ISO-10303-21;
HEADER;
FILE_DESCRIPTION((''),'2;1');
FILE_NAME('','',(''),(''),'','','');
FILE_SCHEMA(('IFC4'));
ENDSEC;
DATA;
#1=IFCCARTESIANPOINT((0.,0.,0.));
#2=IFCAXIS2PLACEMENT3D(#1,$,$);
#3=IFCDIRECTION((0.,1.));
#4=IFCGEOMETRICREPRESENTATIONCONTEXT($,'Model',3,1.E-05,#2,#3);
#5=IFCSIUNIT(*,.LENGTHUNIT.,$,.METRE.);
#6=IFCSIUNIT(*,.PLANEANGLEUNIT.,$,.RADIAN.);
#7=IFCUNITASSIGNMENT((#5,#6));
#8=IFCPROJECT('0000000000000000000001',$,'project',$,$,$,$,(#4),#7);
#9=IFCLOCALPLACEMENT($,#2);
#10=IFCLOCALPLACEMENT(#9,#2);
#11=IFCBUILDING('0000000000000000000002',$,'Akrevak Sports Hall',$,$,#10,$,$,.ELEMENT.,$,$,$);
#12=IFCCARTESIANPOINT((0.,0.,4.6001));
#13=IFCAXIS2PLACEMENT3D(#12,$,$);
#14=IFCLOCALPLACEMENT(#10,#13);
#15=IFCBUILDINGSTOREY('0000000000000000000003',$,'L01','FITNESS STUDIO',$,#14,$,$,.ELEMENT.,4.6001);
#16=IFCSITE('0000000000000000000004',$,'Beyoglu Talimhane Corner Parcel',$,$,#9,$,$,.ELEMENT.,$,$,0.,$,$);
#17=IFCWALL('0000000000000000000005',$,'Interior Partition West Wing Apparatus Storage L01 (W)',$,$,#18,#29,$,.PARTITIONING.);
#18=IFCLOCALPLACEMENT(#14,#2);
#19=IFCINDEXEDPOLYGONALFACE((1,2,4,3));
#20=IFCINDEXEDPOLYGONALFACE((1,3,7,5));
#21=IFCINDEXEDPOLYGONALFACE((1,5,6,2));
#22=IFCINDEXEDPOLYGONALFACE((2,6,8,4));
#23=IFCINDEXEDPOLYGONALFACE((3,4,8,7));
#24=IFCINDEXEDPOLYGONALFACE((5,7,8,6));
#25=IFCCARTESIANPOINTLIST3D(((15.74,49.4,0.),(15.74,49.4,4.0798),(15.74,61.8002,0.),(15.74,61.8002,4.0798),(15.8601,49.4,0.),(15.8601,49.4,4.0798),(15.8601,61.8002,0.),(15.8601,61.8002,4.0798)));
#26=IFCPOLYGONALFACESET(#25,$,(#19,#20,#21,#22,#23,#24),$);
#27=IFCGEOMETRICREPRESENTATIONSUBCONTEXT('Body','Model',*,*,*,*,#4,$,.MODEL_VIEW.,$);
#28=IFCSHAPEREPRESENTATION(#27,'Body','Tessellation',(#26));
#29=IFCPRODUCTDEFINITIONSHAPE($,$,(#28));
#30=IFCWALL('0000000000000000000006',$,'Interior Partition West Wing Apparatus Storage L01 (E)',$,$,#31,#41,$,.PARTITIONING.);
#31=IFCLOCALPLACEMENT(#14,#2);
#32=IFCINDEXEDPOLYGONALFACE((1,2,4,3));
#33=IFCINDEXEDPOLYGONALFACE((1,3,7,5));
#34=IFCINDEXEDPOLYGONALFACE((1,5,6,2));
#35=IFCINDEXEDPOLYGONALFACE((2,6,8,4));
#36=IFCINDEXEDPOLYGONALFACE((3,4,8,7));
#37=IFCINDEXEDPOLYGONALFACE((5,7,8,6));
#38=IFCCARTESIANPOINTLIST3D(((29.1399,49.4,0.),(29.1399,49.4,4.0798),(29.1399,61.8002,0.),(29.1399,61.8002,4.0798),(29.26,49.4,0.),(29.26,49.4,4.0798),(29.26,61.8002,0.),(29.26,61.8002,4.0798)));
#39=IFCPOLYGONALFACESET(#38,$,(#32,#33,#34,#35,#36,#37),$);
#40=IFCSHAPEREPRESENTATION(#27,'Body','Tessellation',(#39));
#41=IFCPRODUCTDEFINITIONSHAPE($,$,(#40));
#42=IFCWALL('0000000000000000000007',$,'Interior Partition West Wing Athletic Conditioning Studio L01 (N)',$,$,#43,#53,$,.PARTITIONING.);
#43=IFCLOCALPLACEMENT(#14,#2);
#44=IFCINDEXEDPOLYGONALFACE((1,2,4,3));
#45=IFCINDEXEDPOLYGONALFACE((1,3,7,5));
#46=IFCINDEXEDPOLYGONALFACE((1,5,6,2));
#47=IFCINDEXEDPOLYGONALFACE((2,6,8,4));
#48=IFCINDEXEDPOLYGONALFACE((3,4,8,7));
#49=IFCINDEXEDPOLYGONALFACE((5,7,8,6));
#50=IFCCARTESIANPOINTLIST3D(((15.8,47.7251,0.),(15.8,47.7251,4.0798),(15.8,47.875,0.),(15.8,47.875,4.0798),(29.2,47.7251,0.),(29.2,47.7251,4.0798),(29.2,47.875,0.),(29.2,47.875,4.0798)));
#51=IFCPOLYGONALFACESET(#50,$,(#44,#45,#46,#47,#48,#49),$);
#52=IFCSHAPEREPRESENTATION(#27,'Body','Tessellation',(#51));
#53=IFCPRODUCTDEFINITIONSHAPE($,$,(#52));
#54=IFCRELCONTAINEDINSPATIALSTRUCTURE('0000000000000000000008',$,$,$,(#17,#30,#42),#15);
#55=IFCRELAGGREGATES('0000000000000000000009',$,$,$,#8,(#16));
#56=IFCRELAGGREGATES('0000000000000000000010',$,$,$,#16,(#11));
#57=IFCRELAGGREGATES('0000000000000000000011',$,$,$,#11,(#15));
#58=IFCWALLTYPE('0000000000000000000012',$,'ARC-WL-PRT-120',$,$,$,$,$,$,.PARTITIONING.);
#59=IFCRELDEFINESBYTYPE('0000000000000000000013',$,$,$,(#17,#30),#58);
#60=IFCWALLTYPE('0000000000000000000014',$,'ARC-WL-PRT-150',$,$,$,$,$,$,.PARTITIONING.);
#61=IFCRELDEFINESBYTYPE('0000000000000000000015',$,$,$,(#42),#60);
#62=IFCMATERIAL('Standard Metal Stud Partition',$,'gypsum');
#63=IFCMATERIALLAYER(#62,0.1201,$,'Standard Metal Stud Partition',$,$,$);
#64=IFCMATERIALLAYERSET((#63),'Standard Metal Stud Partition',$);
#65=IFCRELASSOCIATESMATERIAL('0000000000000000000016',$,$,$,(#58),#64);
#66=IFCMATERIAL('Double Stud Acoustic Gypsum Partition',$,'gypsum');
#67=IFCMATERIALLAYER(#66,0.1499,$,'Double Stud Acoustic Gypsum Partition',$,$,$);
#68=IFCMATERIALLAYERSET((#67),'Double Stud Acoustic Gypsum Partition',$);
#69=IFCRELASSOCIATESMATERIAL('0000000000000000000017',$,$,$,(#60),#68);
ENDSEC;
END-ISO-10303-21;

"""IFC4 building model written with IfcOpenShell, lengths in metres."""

from ifc_helpers import new_model, si_unit, direction, frame, frame_2d, origin, place, context, subcontext, project, spatial, rectangle, extrude, material, layer, layer_set, type_object, element, save


model = new_model("IFC4")

# Units and contexts
model_context = context("Model", 3, precision=1e-05, world=origin(), true_north=direction((0.0, 1.0)))
body_context = subcontext(model_context, "Body", "Model", "MODEL_VIEW")
ifc_project = project(units=[si_unit("LENGTHUNIT", "METRE"), si_unit("PLANEANGLEUNIT", "RADIAN")], contexts=[model_context])

# Site, building, storey
site_placement = place(None, origin())
site = spatial("IfcSite", under=ifc_project, at=site_placement, Name="Beyoglu Talimhane Corner Parcel", CompositionType="ELEMENT", RefElevation=0.0)
building_placement = place(site_placement, origin())
building = spatial("IfcBuilding", under=site, at=building_placement, Name="Akrevak Sports Hall", CompositionType="ELEMENT")
storey_placement = place(building_placement, frame((0.0, 0.0, 4.6001)))
storey = spatial("IfcBuildingStorey", under=building, at=storey_placement, Name="L01", Description="FITNESS STUDIO", CompositionType="ELEMENT", Elevation=4.6001)

# Walls
ifc_material_1 = material(Name="Standard Metal Stud Partition", Category="gypsum")
ifc_layer_1 = layer(ifc_material_1, 0.1201, Name="Standard Metal Stud Partition")
ifc_layer_set_1 = layer_set([ifc_layer_1], Name="Standard Metal Stud Partition")
wall_type_1 = type_object("IfcWallType", Name="ARC-WL-PRT-120", PredefinedType="PARTITIONING", material=ifc_layer_set_1)
for number, where, z_axis, x_axis, name in (
    (1, (15.8, 49.3999, 0.0), (0.0, 0.0, 1.0), (0.0, 1.0, 0.0), "Interior Partition West Wing Apparatus Storage L01 (W)"),
    (2, (29.2, 49.3999, 0.0), (0.0, 0.0, 1.0), (0.0, 1.0, 0.0), "Interior Partition West Wing Apparatus Storage L01 (E)"),
):
    element("IfcWall", number, at=place(storey_placement, frame(where, z_axis=z_axis, x_axis=x_axis)), inside=storey, type_object=wall_type_1, Name=name, PredefinedType="PARTITIONING", context=body_context, shape_type="SweptSolid", body=[
        extrude(rectangle(XDim=12.4001, YDim=0.1201, at=frame_2d((6.2002, 0.0))), origin(), (0.0, 0.0, 1.0), 4.0798),
    ])
ifc_material_2 = material(Name="Double Stud Acoustic Gypsum Partition", Category="gypsum")
ifc_layer_2 = layer(ifc_material_2, 0.1499, Name="Double Stud Acoustic Gypsum Partition")
ifc_layer_set_2 = layer_set([ifc_layer_2], Name="Double Stud Acoustic Gypsum Partition")
wall_type_2 = type_object("IfcWallType", Name="ARC-WL-PRT-150", PredefinedType="PARTITIONING", material=ifc_layer_set_2)
wall_1_placement = place(storey_placement, frame((15.8, 47.8, 0.0), z_axis=(0.0, 0.0, 1.0), x_axis=(1.0, 0.0, 0.0)))
element("IfcWall", 3, at=wall_1_placement, inside=storey, type_object=wall_type_2, Name="Interior Partition West Wing Athletic Conditioning Studio L01 (N)", PredefinedType="PARTITIONING", context=body_context, shape_type="SweptSolid", body=[
    extrude(rectangle(XDim=13.3999, YDim=0.1499, at=frame_2d((6.7, 0.0))), origin(), (0.0, 0.0, 1.0), 4.0798),
])

save(model, "model.ifc")
